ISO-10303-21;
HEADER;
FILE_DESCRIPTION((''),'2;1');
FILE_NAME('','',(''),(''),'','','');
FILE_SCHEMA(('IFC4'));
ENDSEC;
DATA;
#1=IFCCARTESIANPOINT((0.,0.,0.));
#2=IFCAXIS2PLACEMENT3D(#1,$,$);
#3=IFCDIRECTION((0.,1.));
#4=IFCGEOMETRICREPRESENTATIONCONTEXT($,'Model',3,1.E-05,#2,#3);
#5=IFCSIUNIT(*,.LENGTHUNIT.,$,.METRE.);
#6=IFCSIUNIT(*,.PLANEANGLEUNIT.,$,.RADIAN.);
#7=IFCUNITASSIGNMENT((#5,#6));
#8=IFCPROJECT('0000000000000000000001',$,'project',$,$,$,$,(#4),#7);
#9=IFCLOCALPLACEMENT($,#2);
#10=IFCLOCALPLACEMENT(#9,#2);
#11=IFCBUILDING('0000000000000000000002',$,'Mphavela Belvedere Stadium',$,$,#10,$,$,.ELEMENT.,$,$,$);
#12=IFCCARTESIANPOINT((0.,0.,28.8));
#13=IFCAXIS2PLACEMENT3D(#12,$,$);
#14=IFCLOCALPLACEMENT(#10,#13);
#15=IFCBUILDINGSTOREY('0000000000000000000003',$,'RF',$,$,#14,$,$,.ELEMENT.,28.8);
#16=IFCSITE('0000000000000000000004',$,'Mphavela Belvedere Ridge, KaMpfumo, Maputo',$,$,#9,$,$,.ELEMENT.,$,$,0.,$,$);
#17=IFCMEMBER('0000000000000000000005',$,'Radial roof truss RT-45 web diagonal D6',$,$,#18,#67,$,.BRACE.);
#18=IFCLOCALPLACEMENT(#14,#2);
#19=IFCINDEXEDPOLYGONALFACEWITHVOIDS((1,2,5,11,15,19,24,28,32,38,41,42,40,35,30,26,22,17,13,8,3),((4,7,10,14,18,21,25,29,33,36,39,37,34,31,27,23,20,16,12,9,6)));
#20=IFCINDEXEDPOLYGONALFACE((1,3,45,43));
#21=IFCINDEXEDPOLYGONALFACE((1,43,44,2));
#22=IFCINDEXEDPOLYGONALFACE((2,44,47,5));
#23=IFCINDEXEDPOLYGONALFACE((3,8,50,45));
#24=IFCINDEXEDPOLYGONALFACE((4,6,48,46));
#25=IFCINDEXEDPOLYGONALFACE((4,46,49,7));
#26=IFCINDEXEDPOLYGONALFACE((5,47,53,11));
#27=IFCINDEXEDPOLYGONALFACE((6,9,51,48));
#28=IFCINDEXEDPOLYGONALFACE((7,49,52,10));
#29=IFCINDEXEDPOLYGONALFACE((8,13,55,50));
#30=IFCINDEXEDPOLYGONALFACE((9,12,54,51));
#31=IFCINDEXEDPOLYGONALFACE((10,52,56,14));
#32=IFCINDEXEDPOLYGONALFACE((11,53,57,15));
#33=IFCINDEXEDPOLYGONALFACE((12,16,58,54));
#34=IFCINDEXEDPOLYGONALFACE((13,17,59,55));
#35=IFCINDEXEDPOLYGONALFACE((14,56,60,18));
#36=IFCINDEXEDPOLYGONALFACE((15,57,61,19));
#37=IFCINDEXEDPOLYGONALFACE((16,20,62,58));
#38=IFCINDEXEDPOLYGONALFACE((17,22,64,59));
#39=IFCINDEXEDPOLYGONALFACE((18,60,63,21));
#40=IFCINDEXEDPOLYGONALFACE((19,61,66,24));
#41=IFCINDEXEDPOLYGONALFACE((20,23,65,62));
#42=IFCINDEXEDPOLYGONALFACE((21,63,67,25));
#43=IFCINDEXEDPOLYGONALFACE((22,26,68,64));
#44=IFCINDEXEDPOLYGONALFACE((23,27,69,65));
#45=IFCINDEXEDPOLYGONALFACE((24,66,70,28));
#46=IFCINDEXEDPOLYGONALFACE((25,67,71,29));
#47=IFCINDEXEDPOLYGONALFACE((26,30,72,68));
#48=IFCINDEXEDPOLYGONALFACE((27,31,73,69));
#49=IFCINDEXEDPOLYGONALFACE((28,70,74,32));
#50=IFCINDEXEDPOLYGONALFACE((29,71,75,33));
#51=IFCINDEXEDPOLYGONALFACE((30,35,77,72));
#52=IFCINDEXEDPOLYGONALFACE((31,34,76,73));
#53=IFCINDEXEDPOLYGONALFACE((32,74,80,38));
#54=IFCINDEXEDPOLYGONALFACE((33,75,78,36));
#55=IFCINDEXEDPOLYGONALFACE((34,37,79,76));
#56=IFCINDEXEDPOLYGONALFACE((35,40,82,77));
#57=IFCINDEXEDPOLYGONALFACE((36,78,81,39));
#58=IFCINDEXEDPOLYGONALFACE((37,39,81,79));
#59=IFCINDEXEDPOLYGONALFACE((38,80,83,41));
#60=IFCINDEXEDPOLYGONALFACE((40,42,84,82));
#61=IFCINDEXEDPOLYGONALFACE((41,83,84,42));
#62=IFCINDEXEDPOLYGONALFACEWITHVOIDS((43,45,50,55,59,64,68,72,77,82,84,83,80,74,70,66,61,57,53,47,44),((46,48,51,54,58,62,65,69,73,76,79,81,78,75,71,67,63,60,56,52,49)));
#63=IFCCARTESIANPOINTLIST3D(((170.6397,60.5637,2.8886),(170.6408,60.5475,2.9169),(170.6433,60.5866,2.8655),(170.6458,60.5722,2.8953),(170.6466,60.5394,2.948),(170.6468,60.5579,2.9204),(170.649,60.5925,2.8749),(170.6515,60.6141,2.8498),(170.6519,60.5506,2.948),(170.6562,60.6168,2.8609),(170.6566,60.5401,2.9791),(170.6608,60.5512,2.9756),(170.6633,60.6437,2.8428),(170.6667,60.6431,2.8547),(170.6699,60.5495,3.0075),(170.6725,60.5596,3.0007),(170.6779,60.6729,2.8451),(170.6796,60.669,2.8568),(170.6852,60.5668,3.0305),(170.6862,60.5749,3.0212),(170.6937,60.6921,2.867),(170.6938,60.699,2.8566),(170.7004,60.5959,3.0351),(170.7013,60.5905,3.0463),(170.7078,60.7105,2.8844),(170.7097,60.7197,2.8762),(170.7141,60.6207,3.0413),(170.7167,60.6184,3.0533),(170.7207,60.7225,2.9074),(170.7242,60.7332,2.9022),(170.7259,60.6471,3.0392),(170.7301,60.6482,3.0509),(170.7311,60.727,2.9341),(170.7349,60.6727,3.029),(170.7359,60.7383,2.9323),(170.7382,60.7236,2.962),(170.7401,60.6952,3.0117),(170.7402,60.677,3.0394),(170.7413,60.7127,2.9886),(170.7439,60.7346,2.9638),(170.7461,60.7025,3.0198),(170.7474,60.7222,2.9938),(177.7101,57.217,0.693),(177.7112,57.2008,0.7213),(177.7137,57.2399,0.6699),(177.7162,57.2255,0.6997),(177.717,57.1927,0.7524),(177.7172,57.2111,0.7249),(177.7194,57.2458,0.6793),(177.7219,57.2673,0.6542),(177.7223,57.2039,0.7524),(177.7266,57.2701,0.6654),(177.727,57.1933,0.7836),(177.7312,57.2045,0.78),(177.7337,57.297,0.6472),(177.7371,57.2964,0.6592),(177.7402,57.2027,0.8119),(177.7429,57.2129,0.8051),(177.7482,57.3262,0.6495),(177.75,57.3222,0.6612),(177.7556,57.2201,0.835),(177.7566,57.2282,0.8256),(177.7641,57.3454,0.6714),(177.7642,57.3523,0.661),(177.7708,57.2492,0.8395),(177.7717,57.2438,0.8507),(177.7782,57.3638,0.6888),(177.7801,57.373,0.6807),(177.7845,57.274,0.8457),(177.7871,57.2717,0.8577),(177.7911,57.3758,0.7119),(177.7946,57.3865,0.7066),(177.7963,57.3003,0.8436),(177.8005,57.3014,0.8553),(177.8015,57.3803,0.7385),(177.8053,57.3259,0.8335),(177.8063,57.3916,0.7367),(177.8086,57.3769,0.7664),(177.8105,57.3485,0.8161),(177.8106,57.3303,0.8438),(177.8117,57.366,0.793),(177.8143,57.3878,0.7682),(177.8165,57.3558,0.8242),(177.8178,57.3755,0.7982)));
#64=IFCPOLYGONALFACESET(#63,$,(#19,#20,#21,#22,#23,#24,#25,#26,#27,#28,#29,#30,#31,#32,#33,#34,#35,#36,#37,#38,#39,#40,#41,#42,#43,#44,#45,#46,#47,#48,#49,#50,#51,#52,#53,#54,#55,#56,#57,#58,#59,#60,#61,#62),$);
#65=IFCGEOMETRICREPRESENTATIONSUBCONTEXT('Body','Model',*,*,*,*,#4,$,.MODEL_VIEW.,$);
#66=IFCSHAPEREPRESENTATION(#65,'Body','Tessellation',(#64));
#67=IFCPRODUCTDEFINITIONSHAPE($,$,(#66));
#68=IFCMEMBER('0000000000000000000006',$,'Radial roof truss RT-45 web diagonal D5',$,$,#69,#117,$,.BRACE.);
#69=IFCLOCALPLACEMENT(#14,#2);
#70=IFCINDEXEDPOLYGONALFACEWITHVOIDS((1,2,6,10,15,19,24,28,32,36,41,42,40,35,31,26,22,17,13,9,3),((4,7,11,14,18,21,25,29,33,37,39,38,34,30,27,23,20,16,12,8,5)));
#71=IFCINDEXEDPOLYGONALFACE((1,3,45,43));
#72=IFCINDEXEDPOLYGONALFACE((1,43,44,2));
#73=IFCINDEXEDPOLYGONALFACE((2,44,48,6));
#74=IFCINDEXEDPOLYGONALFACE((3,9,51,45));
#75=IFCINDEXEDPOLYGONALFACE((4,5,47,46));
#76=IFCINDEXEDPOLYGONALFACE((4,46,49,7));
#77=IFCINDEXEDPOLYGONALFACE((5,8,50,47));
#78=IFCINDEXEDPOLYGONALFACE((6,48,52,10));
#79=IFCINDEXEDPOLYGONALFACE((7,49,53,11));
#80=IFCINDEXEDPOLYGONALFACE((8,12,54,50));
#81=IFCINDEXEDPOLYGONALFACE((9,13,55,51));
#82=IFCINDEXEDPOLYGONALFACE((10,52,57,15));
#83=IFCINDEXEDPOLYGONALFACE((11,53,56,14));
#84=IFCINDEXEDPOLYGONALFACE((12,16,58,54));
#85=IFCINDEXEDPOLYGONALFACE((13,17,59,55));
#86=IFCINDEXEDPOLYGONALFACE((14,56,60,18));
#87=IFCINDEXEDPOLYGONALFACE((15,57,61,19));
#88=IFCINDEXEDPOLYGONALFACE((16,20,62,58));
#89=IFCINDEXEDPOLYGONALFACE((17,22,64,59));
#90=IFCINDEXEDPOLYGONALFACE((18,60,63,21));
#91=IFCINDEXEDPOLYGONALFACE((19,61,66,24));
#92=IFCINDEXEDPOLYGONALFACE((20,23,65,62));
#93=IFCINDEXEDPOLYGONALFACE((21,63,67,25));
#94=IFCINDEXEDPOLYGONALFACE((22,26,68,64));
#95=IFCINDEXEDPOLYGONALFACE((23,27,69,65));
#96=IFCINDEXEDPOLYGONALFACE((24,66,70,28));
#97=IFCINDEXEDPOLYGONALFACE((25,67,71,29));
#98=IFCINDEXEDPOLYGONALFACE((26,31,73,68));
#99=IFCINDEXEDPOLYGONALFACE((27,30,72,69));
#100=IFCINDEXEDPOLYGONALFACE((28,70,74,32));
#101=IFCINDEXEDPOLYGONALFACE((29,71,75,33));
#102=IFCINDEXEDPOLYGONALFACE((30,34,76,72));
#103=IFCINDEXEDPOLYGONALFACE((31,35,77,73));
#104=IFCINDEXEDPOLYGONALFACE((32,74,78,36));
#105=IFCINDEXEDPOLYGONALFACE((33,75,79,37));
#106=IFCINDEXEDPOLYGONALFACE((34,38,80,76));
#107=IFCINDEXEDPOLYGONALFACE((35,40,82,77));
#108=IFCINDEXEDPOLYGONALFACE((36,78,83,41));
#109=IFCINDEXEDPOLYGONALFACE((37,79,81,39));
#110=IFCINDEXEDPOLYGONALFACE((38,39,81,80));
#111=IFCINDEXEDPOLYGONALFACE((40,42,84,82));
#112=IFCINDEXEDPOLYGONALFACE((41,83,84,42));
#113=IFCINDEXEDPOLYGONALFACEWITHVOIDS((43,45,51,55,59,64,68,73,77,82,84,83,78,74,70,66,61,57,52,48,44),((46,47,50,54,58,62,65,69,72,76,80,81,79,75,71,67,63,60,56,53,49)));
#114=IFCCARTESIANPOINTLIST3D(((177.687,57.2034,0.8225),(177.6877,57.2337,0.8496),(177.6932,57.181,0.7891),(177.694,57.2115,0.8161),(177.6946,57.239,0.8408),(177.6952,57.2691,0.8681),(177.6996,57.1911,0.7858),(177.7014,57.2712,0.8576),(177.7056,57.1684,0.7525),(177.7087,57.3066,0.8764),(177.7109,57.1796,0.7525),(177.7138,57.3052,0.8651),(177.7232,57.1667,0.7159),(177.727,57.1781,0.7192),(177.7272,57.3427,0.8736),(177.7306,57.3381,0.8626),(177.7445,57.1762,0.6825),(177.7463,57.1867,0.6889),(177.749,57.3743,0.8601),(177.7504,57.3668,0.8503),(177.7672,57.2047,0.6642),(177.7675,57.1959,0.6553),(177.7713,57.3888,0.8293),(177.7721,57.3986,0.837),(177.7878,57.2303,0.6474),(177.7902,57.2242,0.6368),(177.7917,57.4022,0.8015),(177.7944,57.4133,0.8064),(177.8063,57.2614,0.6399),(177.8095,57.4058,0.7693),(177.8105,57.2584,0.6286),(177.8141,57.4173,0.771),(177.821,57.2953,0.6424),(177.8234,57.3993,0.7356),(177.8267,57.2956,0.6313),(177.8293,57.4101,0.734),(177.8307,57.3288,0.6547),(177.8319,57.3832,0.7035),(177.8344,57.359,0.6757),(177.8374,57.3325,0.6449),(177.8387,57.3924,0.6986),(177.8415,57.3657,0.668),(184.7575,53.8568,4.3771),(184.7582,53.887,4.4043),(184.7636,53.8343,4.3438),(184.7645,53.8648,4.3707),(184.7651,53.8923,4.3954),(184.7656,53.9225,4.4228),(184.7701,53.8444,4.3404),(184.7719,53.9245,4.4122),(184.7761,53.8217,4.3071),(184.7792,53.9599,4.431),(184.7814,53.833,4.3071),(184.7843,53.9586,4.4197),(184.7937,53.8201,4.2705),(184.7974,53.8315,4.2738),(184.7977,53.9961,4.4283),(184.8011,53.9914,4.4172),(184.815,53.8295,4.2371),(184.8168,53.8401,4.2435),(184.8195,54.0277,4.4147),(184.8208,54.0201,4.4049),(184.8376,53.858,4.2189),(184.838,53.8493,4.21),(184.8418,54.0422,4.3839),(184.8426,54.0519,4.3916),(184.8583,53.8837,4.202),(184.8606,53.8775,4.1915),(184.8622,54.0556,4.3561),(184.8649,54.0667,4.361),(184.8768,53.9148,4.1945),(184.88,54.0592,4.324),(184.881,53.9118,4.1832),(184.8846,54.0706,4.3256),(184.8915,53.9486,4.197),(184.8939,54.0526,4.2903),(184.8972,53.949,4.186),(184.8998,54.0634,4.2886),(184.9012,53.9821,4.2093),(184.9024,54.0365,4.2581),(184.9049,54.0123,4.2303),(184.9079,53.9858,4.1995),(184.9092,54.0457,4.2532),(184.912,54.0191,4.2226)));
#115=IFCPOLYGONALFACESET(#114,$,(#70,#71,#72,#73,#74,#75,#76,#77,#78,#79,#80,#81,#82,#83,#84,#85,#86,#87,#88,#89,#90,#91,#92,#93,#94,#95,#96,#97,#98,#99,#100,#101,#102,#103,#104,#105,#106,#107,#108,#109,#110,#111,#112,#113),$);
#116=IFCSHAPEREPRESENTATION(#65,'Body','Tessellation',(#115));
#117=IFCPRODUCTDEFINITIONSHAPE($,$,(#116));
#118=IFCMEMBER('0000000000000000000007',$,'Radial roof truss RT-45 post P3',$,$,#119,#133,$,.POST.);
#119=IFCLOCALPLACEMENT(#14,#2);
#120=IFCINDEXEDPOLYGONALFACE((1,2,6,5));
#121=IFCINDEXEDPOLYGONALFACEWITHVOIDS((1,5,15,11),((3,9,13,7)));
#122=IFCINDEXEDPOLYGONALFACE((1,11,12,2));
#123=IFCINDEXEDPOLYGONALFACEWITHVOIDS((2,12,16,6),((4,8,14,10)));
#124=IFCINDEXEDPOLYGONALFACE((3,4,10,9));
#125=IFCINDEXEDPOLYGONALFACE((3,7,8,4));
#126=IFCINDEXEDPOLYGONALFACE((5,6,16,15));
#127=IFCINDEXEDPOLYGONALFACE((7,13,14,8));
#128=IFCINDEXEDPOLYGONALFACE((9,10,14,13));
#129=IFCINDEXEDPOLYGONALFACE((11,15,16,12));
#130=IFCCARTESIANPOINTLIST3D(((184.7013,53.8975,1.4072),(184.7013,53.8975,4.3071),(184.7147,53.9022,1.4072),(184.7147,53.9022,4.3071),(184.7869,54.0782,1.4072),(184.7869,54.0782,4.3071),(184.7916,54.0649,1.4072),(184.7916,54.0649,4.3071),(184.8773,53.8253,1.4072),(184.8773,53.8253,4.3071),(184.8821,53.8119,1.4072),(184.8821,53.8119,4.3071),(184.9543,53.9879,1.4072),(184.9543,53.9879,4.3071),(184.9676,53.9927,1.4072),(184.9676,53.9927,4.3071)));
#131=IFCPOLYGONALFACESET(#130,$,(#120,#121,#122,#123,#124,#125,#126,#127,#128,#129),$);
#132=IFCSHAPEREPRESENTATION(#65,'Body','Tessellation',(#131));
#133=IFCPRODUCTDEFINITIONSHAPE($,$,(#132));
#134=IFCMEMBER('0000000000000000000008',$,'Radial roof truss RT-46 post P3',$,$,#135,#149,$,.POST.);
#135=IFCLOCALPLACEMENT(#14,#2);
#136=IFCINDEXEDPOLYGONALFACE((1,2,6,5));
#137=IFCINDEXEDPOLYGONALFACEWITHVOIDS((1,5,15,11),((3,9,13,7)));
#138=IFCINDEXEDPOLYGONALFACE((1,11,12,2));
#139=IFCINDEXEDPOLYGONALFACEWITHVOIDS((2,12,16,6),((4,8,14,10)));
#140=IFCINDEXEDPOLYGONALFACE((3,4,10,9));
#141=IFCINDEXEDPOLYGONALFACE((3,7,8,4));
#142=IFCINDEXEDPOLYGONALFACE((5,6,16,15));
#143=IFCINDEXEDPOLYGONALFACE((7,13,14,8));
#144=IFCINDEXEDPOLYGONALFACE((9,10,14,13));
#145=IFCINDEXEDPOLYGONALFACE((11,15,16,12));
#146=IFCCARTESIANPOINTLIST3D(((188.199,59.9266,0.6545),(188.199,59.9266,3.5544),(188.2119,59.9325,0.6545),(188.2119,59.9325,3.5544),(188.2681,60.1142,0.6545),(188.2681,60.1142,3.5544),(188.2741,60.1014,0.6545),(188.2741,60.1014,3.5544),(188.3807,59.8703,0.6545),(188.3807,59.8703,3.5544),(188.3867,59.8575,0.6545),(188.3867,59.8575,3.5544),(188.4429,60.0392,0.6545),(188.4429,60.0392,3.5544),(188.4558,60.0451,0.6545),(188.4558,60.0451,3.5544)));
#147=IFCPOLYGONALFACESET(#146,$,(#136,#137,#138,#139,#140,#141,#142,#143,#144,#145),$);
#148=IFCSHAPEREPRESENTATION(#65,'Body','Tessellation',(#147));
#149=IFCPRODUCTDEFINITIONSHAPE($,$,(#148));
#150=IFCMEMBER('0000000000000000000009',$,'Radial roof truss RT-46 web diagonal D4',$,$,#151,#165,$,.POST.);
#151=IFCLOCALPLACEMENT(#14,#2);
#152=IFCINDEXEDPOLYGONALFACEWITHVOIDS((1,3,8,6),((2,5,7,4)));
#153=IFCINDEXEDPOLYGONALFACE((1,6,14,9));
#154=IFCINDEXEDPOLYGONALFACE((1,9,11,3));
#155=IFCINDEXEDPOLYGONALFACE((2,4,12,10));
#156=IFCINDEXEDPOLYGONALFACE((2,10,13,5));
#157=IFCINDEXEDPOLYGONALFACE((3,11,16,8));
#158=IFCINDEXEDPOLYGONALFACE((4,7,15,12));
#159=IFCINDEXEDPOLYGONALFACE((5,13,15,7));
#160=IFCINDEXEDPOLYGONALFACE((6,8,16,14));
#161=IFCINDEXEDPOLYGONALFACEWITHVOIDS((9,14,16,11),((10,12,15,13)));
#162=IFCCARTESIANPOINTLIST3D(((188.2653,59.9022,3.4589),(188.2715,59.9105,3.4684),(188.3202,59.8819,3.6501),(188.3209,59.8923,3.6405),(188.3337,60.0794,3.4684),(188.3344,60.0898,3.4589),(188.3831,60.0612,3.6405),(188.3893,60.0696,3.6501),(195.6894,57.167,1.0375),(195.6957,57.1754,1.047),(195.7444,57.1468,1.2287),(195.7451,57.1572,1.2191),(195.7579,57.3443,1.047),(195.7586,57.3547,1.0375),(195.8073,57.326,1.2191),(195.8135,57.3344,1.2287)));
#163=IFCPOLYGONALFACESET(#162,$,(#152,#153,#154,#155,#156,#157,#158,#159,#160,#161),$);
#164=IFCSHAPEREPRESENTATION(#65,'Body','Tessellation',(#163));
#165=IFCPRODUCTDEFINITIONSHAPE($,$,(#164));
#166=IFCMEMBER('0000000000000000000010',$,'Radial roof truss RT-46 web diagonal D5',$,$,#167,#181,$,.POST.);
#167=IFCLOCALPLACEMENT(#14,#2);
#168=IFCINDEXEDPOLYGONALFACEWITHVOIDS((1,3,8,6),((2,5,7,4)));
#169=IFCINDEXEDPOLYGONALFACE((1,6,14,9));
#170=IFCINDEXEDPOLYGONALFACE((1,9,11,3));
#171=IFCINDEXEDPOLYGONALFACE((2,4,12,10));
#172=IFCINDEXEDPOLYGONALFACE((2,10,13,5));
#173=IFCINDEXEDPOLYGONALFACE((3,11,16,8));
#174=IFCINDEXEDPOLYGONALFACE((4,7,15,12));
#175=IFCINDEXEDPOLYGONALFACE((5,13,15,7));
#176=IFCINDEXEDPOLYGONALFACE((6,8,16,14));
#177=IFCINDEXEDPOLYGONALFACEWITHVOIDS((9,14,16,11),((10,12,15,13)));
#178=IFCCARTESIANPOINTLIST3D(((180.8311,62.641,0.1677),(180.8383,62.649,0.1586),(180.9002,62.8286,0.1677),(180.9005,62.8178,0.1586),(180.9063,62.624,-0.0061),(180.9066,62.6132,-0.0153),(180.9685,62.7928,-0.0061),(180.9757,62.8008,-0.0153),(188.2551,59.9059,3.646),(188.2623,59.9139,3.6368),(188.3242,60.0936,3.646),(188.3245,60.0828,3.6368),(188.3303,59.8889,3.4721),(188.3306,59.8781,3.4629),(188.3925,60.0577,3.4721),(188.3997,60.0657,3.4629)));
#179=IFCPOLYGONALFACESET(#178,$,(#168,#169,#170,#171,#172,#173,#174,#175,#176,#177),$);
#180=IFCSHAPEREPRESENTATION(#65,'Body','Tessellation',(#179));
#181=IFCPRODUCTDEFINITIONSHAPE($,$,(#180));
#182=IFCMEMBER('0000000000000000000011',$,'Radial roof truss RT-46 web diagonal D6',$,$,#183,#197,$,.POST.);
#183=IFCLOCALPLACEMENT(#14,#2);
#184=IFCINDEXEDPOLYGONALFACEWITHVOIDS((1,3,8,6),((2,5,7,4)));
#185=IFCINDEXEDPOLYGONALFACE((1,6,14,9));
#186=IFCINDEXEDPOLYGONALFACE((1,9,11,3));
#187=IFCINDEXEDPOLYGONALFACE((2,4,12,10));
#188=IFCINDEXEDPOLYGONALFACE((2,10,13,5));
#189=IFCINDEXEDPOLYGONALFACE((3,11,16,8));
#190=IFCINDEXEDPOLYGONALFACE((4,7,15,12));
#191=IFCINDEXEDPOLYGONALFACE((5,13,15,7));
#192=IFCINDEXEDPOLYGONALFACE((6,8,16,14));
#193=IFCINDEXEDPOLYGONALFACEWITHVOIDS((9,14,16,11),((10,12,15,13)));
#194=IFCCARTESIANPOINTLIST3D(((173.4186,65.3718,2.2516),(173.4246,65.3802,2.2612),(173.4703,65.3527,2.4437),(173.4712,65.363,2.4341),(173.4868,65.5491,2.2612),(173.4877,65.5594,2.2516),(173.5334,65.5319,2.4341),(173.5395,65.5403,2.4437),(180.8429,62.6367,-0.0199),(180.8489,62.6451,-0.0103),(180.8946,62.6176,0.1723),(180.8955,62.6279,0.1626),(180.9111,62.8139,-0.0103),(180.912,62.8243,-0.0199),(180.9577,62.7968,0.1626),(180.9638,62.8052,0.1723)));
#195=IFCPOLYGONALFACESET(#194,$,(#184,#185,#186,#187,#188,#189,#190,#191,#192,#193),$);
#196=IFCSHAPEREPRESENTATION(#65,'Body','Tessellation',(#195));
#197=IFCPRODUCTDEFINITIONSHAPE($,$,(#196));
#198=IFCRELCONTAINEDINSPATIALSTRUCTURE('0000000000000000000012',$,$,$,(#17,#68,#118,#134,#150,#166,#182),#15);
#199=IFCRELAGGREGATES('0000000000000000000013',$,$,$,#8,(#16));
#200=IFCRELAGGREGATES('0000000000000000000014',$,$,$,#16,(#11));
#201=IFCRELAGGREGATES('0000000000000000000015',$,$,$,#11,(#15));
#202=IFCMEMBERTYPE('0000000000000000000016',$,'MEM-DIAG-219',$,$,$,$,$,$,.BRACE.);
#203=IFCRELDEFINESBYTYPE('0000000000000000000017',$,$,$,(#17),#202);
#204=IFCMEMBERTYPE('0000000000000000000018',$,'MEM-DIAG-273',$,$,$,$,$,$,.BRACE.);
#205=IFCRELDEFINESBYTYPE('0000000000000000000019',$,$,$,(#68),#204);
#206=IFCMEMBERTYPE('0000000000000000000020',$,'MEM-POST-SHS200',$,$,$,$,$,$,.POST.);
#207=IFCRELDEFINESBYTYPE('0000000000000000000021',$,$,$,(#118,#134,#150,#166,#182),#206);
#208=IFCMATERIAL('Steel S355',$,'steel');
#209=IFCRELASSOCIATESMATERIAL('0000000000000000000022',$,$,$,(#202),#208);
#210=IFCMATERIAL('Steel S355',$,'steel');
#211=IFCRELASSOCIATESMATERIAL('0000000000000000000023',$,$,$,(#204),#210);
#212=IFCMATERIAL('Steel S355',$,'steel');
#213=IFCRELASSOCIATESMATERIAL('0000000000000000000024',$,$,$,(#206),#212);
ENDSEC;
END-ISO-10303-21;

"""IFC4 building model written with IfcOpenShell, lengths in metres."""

from ifc_helpers import new_model, si_unit, direction, frame, origin, origin_2d, place, context, subcontext, project, spatial, hollow_rectangle, hollow_circle, extrude, material, material_profile, profile_set, type_object, element, save


model = new_model("IFC4")

# Units and contexts
model_context = context("Model", 3, precision=1e-05, world=origin(), true_north=direction((0.0, 1.0)))
body_context = subcontext(model_context, "Body", "Model", "MODEL_VIEW")
ifc_project = project(units=[si_unit("LENGTHUNIT", "METRE"), si_unit("PLANEANGLEUNIT", "RADIAN")], contexts=[model_context])

# Site, building, storey
site_placement = place(None, origin())
site = spatial("IfcSite", under=ifc_project, at=site_placement, Name="Mphavela Belvedere Ridge, KaMpfumo, Maputo", CompositionType="ELEMENT", RefElevation=0.0)
building_placement = place(site_placement, origin())
building = spatial("IfcBuilding", under=site, at=building_placement, Name="Mphavela Belvedere Stadium", CompositionType="ELEMENT")
storey_placement = place(building_placement, frame((0.0, 0.0, 28.8)))
storey = spatial("IfcBuildingStorey", under=building, at=storey_placement, Name="RF", CompositionType="ELEMENT", Elevation=28.8)

# Members
ifc_material_1 = material(Name="Steel S355", Category="steel")
ifc_material_profile_1 = material_profile(ifc_material_1, hollow_circle(Radius=0.1096, WallThickness=0.0125, at=origin_2d()), Name="CHS 219.1x12.5")
ifc_profile_set_1 = profile_set([ifc_material_profile_1], Name="Steel S355")
member_type_1 = type_object("IfcMemberType", Name="MEM-DIAG-219", PredefinedType="BRACE", material=ifc_profile_set_1)
member_1_placement = place(storey_placement, frame((177.7639, 57.2917, 0.7524), z_axis=(-0.870229, 0.411916, 0.270234), x_axis=(-0.427834, -0.903857, 0.0)))
element("IfcMember", 1, at=member_1_placement, inside=storey, type_object=member_type_1, Name="Radial roof truss RT-45 web diagonal D6", PredefinedType="BRACE", context=body_context, shape_type="SweptSolid", body=[
    extrude(hollow_circle(Radius=0.1096, WallThickness=0.0125, at=origin_2d()), origin(), (0.0, 0.0, 1.0), 8.1248),
])
ifc_material_2 = material(Name="Steel S355", Category="steel")
ifc_material_profile_2 = material_profile(ifc_material_2, hollow_circle(Radius=0.1365, WallThickness=0.0125, at=origin_2d()), Name="CHS 273x12.5")
ifc_profile_set_2 = profile_set([ifc_material_profile_2], Name="Steel S355")
member_type_2 = type_object("IfcMemberType", Name="MEM-DIAG-273", PredefinedType="BRACE", material=ifc_profile_set_2)
member_2_placement = place(storey_placement, frame((184.8345, 53.9451, 4.3071), z_axis=(-0.822888, 0.389494, -0.413703), x_axis=(-0.427822, -0.903863, 0.0)))
element("IfcMember", 2, at=member_2_placement, inside=storey, type_object=member_type_2, Name="Radial roof truss RT-45 web diagonal D5", PredefinedType="BRACE", context=body_context, shape_type="SweptSolid", body=[
    extrude(hollow_circle(Radius=0.1365, WallThickness=0.0125, at=origin_2d()), origin(), (0.0, 0.0, 1.0), 8.5923),
])
ifc_material_3 = material(Name="Steel S355", Category="steel")
ifc_material_profile_3 = material_profile(ifc_material_3, hollow_rectangle(XDim=0.2, YDim=0.2, WallThickness=0.01, at=origin_2d()), Name="SHS 200x200x10")
ifc_profile_set_3 = profile_set([ifc_material_profile_3], Name="Steel S355")
member_type_3 = type_object("IfcMemberType", Name="MEM-POST-SHS200", PredefinedType="POST", material=ifc_profile_set_3)
for number, where, z_axis, x_axis, name in (
    (3, (184.8345, 53.9451, 1.4072), (0.0, 0.0, 1.0), (0.903859, -0.427831, 0.0), "Radial roof truss RT-45 post P3"),
    (4, (188.3274, 59.9858, 0.6545), (0.0, 0.0, 1.0), (0.938372, -0.345626, 0.0), "Radial roof truss RT-46 post P3"),
):
    element("IfcMember", number, at=place(storey_placement, frame(where, z_axis=z_axis, x_axis=x_axis)), inside=storey, type_object=member_type_3, Name=name, PredefinedType="POST", context=body_context, shape_type="SweptSolid", body=[
        extrude(hollow_rectangle(XDim=0.2, YDim=0.2, WallThickness=0.01, at=origin_2d()), origin(), (0.0, 0.0, 1.0), 2.8999),
    ])
member_3_placement = place(storey_placement, frame((195.7515, 57.2507, 1.1331), z_axis=(-0.897266, 0.330562, 0.292646), x_axis=(-0.345697, -0.938346, 0.0)))
element("IfcMember", 5, at=member_3_placement, inside=storey, type_object=member_type_3, Name="Radial roof truss RT-46 web diagonal D4", PredefinedType="POST", context=body_context, shape_type="SweptSolid", body=[
    extrude(hollow_rectangle(XDim=0.2, YDim=0.2, WallThickness=0.01, at=origin_2d()), origin(), (0.0, 0.0, 1.0), 8.2742),
])
member_4_placement = place(storey_placement, frame((188.3274, 59.9858, 3.5544), z_axis=(-0.859001, 0.316465, -0.402453), x_axis=(-0.345697, -0.938346, 0.0)))
element("IfcMember", 6, at=member_4_placement, inside=storey, type_object=member_type_3, Name="Radial roof truss RT-46 web diagonal D5", PredefinedType="POST", context=body_context, shape_type="SweptSolid", body=[
    extrude(hollow_rectangle(XDim=0.2, YDim=0.2, WallThickness=0.01, at=origin_2d()), origin(), (0.0, 0.0, 1.0), 8.6426),
])
member_5_placement = place(storey_placement, frame((180.9033, 62.7209, 0.0762), z_axis=(-0.901917, 0.332265, 0.275943), x_axis=(-0.345687, -0.93835, 0.0)))
element("IfcMember", 7, at=member_5_placement, inside=storey, type_object=member_type_3, Name="Radial roof truss RT-46 web diagonal D6", PredefinedType="POST", context=body_context, shape_type="SweptSolid", body=[
    extrude(hollow_rectangle(XDim=0.2, YDim=0.2, WallThickness=0.01, at=origin_2d()), origin(), (0.0, 0.0, 1.0), 8.2317),
])

save(model, "model.ifc")
